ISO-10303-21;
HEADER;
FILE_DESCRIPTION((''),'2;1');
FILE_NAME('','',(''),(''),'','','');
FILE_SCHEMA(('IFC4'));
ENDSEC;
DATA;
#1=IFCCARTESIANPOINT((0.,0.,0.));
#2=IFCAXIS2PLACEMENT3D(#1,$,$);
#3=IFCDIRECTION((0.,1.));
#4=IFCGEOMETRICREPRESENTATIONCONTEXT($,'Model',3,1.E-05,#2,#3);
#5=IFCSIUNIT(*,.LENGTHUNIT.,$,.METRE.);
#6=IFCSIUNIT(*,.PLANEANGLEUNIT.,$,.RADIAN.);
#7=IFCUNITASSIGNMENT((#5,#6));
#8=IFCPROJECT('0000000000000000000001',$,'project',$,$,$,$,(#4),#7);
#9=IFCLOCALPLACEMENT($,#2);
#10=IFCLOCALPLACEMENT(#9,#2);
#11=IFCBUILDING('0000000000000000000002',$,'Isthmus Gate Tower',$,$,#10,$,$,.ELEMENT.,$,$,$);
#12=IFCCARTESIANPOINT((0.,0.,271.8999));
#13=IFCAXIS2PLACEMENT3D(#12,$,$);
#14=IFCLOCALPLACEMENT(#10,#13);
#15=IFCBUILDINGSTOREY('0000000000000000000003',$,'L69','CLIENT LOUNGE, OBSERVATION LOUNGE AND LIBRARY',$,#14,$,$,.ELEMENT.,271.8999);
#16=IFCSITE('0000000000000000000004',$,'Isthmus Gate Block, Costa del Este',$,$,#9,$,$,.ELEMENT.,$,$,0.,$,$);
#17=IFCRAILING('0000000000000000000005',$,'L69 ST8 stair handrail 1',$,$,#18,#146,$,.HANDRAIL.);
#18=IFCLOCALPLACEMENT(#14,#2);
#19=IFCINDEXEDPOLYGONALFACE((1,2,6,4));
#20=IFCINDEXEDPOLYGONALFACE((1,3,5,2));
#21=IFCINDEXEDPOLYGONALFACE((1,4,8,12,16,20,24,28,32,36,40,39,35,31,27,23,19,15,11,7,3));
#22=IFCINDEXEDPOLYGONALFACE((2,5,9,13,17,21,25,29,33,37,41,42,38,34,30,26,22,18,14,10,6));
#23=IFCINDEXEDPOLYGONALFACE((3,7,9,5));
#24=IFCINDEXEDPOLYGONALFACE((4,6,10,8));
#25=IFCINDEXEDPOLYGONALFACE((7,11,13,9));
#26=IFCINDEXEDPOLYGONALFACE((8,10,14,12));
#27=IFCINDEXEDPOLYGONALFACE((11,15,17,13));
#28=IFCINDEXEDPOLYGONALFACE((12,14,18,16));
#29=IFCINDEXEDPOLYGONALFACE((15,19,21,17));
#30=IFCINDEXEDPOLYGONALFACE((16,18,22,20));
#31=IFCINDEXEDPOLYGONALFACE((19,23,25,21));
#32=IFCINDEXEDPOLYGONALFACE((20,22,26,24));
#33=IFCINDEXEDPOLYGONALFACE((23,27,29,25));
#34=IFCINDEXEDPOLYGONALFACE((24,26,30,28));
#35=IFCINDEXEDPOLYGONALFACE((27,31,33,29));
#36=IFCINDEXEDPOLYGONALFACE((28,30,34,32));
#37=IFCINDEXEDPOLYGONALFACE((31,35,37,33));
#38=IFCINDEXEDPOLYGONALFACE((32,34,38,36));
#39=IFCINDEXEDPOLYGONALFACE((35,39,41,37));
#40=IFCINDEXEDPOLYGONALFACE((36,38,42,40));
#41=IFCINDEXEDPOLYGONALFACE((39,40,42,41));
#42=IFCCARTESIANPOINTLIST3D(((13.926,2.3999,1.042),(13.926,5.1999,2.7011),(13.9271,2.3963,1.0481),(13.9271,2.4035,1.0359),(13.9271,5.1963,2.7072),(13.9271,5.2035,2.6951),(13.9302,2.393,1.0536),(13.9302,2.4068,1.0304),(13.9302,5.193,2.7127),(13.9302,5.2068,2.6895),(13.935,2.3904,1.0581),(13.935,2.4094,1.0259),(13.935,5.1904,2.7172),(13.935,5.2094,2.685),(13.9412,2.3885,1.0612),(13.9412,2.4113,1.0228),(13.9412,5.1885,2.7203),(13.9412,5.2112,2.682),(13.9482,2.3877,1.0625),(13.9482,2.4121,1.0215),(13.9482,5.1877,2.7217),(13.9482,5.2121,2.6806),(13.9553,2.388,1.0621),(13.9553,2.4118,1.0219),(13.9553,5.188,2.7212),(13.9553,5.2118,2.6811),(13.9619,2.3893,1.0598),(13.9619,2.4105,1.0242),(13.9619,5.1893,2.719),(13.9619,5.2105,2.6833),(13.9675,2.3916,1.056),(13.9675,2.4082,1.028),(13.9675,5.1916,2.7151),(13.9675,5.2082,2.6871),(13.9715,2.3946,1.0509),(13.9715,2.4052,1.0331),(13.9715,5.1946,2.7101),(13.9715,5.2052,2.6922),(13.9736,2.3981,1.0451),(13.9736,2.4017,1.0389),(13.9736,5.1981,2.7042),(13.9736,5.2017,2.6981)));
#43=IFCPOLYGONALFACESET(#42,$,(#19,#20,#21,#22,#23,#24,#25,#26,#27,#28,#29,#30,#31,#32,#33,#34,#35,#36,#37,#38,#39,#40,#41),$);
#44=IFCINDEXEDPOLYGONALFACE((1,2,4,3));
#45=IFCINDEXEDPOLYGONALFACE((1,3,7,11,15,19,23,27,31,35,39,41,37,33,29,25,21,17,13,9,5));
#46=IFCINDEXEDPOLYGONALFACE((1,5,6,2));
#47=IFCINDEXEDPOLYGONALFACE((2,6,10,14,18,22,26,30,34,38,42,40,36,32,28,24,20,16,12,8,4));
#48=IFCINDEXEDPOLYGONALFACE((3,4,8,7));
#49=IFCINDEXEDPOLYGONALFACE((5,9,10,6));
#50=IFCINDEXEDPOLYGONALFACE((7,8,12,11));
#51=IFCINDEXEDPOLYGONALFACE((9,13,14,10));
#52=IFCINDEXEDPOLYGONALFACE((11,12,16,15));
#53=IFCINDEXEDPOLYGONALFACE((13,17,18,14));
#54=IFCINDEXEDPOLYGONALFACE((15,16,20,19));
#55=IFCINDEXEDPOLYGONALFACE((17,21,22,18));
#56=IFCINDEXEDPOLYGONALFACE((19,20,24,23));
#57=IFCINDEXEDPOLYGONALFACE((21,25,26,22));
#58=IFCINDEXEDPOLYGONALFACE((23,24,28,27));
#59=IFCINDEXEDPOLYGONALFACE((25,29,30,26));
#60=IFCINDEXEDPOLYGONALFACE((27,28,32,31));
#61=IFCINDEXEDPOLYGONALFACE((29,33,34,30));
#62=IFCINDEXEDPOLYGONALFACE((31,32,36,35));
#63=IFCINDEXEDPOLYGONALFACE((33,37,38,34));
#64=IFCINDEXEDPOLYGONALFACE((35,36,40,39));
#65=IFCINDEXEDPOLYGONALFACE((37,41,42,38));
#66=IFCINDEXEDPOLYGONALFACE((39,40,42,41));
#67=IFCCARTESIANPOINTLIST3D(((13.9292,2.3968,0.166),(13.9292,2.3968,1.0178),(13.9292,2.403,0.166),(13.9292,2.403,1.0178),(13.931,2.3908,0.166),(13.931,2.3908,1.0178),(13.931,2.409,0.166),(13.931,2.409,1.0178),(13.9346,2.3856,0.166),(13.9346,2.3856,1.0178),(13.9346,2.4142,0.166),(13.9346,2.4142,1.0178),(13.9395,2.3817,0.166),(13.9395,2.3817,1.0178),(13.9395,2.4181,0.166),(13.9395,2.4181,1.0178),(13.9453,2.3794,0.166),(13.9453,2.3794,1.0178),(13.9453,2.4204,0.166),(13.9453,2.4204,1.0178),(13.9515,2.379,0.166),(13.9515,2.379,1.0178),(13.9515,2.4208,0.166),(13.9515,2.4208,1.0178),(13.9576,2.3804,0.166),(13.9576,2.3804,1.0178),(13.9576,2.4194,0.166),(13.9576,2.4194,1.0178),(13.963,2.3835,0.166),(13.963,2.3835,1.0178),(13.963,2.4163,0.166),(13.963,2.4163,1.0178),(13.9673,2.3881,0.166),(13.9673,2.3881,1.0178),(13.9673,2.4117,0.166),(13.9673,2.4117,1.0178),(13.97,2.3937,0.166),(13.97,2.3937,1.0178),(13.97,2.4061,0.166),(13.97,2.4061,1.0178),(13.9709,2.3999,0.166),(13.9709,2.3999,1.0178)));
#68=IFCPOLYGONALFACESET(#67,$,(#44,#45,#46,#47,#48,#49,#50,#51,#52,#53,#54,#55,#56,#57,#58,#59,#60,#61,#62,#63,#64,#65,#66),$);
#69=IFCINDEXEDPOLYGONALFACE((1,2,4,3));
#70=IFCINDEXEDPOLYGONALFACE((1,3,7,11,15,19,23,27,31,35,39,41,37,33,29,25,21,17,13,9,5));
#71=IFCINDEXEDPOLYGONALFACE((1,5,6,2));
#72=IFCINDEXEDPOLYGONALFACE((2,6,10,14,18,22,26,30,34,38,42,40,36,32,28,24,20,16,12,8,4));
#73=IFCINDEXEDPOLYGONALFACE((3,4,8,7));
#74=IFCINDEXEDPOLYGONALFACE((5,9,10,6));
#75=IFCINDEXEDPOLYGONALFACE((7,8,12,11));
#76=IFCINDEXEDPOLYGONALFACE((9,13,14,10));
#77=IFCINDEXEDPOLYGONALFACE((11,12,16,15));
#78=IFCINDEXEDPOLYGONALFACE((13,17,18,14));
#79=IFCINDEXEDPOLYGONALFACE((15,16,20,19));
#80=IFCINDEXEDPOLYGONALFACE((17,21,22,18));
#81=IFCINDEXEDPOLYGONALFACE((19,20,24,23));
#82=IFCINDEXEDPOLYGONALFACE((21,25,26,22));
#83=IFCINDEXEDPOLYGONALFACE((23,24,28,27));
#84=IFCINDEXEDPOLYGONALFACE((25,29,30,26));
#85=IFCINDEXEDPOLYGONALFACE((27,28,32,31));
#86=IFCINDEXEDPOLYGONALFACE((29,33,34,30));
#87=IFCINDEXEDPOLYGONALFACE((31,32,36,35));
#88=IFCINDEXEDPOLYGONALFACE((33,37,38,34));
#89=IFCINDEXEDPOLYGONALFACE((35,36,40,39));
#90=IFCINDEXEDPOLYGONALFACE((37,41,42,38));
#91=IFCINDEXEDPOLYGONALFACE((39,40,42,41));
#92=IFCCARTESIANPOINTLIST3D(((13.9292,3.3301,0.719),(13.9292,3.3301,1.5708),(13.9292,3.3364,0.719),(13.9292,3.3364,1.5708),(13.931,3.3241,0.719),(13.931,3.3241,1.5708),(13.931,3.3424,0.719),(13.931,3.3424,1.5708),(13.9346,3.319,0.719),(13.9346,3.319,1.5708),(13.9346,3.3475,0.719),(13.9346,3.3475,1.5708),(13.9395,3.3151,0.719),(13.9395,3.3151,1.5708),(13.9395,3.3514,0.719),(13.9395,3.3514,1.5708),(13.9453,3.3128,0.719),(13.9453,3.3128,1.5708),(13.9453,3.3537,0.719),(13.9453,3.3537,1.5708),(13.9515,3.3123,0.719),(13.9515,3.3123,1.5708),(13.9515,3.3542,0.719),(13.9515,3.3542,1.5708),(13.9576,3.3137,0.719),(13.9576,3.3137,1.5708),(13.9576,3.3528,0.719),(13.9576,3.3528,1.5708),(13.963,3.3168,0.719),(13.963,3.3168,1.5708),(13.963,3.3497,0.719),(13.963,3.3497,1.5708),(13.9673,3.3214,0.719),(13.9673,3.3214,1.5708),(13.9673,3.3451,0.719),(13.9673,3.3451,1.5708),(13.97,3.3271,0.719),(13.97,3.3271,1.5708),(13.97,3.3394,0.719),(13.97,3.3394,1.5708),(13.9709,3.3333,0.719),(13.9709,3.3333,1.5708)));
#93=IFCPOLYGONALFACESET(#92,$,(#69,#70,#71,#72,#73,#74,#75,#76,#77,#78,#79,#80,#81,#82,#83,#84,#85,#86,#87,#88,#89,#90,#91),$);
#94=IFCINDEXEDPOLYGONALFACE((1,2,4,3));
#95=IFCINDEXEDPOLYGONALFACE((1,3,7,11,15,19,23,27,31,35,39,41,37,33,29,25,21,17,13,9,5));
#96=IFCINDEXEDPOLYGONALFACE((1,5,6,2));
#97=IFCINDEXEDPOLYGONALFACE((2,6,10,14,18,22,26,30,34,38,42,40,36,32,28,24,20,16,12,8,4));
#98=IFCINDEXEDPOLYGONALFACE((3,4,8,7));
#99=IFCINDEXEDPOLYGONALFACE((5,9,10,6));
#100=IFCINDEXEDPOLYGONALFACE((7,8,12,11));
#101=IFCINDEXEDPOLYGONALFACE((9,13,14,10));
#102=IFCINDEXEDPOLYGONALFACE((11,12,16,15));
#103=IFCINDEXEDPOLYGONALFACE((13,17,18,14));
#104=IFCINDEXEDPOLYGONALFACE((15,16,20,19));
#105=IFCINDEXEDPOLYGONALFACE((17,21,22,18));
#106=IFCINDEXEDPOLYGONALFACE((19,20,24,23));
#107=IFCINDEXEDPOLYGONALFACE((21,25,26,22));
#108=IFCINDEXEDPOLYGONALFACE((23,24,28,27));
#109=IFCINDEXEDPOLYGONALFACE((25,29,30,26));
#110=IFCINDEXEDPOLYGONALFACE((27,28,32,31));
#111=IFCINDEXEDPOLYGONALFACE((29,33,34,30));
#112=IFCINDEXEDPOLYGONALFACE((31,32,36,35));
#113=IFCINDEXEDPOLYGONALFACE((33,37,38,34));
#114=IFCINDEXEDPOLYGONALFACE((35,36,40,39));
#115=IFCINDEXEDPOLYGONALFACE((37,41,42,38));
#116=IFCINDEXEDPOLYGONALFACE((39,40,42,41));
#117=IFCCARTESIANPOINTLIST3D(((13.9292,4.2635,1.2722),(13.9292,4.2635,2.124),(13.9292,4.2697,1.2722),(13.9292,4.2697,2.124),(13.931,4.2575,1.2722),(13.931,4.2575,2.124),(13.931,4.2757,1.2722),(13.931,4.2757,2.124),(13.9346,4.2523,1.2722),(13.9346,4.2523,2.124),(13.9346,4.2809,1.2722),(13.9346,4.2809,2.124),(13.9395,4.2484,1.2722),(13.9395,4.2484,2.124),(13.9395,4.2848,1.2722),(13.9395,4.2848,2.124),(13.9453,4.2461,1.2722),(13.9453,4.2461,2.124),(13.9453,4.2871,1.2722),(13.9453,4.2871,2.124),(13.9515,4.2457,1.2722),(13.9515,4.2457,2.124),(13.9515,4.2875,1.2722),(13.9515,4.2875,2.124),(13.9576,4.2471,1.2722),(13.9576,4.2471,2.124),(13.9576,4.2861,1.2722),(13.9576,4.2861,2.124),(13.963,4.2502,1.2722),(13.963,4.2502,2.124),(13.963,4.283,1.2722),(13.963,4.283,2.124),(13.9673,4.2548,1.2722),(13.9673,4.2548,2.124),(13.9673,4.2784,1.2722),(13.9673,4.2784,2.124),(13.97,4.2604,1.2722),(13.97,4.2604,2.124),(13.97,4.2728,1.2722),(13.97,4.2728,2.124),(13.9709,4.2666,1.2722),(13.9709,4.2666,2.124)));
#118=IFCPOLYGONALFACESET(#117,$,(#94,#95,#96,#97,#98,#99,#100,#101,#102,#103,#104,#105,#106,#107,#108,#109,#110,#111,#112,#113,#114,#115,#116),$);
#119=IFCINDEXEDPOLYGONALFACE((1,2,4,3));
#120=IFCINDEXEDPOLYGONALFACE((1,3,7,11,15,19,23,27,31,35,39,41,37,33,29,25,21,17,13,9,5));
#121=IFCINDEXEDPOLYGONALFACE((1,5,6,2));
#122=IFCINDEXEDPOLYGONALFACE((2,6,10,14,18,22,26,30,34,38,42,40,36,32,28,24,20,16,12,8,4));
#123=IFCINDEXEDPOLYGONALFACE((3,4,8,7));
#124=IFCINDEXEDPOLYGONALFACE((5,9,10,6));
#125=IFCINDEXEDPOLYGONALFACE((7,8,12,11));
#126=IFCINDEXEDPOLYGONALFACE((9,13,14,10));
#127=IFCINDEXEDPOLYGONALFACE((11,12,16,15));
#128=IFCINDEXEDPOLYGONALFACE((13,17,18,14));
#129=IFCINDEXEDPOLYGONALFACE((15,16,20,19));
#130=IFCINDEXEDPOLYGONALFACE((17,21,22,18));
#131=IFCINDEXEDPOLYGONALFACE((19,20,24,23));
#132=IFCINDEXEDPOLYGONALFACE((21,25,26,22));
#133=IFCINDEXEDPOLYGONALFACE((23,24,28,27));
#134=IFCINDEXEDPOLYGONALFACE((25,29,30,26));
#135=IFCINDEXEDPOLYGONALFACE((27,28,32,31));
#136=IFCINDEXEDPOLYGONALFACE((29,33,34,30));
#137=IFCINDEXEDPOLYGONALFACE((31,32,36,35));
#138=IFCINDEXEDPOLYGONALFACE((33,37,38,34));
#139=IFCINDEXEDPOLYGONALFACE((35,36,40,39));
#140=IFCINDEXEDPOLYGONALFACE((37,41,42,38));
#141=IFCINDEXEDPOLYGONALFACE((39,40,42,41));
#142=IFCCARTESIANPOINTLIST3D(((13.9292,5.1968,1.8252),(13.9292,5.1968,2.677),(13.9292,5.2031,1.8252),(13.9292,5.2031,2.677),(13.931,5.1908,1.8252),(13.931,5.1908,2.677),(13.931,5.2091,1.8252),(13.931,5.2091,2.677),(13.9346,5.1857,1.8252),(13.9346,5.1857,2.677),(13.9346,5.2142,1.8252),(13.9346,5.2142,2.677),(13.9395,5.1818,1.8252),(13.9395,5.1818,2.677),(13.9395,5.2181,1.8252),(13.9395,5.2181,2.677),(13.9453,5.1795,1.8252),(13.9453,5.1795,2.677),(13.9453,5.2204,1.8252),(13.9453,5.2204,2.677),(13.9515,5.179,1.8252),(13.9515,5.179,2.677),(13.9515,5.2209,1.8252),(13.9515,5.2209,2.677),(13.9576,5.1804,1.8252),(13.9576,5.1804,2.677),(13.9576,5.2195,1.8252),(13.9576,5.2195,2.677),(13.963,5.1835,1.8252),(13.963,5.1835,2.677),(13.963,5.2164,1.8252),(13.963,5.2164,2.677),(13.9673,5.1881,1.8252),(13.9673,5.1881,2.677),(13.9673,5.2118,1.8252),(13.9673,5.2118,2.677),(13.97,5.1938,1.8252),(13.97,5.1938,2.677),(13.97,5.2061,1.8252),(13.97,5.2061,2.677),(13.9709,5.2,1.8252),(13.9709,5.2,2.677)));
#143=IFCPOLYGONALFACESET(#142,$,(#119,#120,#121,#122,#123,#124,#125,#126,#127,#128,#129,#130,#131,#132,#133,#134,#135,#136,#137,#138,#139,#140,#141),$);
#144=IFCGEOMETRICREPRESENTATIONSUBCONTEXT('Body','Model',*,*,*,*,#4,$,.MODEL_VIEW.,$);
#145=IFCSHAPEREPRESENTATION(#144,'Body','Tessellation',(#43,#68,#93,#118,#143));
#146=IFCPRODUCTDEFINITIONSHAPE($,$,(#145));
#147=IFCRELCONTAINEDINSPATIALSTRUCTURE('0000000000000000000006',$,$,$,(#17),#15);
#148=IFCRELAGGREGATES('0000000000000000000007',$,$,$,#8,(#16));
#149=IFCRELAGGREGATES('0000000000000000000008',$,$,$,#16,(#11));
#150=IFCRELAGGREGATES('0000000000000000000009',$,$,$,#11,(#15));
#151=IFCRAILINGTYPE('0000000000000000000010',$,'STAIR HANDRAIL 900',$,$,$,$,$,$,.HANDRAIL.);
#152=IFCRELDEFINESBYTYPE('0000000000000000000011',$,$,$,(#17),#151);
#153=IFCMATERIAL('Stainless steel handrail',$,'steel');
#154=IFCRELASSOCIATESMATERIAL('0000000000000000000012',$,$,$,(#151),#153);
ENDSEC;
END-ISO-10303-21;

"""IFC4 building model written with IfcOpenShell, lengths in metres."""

from ifc_helpers import new_model, si_unit, direction, frame, origin, origin_2d, place, context, subcontext, project, spatial, circle, extrude, material, type_object, element, save


model = new_model("IFC4")

# Units and contexts
model_context = context("Model", 3, precision=1e-05, world=origin(), true_north=direction((0.0, 1.0)))
body_context = subcontext(model_context, "Body", "Model", "MODEL_VIEW")
ifc_project = project(units=[si_unit("LENGTHUNIT", "METRE"), si_unit("PLANEANGLEUNIT", "RADIAN")], contexts=[model_context])

# Site, building, storey
site_placement = place(None, origin())
site = spatial("IfcSite", under=ifc_project, at=site_placement, Name="Isthmus Gate Block, Costa del Este", CompositionType="ELEMENT", RefElevation=0.0)
building_placement = place(site_placement, origin())
building = spatial("IfcBuilding", under=site, at=building_placement, Name="Isthmus Gate Tower", CompositionType="ELEMENT")
storey_placement = place(building_placement, frame((0.0, 0.0, 271.8999)))
storey = spatial("IfcBuildingStorey", under=building, at=storey_placement, Name="L69", Description="CLIENT LOUNGE, OBSERVATION LOUNGE AND LIBRARY", CompositionType="ELEMENT", Elevation=271.8999)

# Railing
ifc_material_1 = material(Name="Stainless steel handrail", Category="steel")
railing_type_1 = type_object("IfcRailingType", Name="STAIR HANDRAIL 900", PredefinedType="HANDRAIL", material=ifc_material_1)
railing_1_placement = place(storey_placement, frame((13.95, 2.3999, 0.166)))
element("IfcRailing", 1, at=railing_1_placement, inside=storey, type_object=railing_type_1, Name="L69 ST8 stair handrail 1", PredefinedType="HANDRAIL", context=body_context, shape_type="SweptSolid", body=[
    extrude(circle(Radius=0.0239, at=origin_2d()), frame((0.0, 0.0, 0.876), z_axis=(0.0, 0.860306, 0.509778), x_axis=(-1.0, 0.0, 0.0)), (0.0, 0.0, 1.0), 3.2546),
    extrude(circle(Radius=0.021, at=origin_2d()), origin(), (0.0, 0.0, 1.0), 0.8518),
    extrude(circle(Radius=0.021, at=origin_2d()), frame((0.0, 0.9333, 0.553)), (0.0, 0.0, 1.0), 0.8518),
    extrude(circle(Radius=0.021, at=origin_2d()), frame((0.0, 1.8667, 1.1062)), (0.0, 0.0, 1.0), 0.8518),
    extrude(circle(Radius=0.021, at=origin_2d()), frame((0.0, 2.8, 1.6592)), (0.0, 0.0, 1.0), 0.8518),
])

save(model, "model.ifc")
